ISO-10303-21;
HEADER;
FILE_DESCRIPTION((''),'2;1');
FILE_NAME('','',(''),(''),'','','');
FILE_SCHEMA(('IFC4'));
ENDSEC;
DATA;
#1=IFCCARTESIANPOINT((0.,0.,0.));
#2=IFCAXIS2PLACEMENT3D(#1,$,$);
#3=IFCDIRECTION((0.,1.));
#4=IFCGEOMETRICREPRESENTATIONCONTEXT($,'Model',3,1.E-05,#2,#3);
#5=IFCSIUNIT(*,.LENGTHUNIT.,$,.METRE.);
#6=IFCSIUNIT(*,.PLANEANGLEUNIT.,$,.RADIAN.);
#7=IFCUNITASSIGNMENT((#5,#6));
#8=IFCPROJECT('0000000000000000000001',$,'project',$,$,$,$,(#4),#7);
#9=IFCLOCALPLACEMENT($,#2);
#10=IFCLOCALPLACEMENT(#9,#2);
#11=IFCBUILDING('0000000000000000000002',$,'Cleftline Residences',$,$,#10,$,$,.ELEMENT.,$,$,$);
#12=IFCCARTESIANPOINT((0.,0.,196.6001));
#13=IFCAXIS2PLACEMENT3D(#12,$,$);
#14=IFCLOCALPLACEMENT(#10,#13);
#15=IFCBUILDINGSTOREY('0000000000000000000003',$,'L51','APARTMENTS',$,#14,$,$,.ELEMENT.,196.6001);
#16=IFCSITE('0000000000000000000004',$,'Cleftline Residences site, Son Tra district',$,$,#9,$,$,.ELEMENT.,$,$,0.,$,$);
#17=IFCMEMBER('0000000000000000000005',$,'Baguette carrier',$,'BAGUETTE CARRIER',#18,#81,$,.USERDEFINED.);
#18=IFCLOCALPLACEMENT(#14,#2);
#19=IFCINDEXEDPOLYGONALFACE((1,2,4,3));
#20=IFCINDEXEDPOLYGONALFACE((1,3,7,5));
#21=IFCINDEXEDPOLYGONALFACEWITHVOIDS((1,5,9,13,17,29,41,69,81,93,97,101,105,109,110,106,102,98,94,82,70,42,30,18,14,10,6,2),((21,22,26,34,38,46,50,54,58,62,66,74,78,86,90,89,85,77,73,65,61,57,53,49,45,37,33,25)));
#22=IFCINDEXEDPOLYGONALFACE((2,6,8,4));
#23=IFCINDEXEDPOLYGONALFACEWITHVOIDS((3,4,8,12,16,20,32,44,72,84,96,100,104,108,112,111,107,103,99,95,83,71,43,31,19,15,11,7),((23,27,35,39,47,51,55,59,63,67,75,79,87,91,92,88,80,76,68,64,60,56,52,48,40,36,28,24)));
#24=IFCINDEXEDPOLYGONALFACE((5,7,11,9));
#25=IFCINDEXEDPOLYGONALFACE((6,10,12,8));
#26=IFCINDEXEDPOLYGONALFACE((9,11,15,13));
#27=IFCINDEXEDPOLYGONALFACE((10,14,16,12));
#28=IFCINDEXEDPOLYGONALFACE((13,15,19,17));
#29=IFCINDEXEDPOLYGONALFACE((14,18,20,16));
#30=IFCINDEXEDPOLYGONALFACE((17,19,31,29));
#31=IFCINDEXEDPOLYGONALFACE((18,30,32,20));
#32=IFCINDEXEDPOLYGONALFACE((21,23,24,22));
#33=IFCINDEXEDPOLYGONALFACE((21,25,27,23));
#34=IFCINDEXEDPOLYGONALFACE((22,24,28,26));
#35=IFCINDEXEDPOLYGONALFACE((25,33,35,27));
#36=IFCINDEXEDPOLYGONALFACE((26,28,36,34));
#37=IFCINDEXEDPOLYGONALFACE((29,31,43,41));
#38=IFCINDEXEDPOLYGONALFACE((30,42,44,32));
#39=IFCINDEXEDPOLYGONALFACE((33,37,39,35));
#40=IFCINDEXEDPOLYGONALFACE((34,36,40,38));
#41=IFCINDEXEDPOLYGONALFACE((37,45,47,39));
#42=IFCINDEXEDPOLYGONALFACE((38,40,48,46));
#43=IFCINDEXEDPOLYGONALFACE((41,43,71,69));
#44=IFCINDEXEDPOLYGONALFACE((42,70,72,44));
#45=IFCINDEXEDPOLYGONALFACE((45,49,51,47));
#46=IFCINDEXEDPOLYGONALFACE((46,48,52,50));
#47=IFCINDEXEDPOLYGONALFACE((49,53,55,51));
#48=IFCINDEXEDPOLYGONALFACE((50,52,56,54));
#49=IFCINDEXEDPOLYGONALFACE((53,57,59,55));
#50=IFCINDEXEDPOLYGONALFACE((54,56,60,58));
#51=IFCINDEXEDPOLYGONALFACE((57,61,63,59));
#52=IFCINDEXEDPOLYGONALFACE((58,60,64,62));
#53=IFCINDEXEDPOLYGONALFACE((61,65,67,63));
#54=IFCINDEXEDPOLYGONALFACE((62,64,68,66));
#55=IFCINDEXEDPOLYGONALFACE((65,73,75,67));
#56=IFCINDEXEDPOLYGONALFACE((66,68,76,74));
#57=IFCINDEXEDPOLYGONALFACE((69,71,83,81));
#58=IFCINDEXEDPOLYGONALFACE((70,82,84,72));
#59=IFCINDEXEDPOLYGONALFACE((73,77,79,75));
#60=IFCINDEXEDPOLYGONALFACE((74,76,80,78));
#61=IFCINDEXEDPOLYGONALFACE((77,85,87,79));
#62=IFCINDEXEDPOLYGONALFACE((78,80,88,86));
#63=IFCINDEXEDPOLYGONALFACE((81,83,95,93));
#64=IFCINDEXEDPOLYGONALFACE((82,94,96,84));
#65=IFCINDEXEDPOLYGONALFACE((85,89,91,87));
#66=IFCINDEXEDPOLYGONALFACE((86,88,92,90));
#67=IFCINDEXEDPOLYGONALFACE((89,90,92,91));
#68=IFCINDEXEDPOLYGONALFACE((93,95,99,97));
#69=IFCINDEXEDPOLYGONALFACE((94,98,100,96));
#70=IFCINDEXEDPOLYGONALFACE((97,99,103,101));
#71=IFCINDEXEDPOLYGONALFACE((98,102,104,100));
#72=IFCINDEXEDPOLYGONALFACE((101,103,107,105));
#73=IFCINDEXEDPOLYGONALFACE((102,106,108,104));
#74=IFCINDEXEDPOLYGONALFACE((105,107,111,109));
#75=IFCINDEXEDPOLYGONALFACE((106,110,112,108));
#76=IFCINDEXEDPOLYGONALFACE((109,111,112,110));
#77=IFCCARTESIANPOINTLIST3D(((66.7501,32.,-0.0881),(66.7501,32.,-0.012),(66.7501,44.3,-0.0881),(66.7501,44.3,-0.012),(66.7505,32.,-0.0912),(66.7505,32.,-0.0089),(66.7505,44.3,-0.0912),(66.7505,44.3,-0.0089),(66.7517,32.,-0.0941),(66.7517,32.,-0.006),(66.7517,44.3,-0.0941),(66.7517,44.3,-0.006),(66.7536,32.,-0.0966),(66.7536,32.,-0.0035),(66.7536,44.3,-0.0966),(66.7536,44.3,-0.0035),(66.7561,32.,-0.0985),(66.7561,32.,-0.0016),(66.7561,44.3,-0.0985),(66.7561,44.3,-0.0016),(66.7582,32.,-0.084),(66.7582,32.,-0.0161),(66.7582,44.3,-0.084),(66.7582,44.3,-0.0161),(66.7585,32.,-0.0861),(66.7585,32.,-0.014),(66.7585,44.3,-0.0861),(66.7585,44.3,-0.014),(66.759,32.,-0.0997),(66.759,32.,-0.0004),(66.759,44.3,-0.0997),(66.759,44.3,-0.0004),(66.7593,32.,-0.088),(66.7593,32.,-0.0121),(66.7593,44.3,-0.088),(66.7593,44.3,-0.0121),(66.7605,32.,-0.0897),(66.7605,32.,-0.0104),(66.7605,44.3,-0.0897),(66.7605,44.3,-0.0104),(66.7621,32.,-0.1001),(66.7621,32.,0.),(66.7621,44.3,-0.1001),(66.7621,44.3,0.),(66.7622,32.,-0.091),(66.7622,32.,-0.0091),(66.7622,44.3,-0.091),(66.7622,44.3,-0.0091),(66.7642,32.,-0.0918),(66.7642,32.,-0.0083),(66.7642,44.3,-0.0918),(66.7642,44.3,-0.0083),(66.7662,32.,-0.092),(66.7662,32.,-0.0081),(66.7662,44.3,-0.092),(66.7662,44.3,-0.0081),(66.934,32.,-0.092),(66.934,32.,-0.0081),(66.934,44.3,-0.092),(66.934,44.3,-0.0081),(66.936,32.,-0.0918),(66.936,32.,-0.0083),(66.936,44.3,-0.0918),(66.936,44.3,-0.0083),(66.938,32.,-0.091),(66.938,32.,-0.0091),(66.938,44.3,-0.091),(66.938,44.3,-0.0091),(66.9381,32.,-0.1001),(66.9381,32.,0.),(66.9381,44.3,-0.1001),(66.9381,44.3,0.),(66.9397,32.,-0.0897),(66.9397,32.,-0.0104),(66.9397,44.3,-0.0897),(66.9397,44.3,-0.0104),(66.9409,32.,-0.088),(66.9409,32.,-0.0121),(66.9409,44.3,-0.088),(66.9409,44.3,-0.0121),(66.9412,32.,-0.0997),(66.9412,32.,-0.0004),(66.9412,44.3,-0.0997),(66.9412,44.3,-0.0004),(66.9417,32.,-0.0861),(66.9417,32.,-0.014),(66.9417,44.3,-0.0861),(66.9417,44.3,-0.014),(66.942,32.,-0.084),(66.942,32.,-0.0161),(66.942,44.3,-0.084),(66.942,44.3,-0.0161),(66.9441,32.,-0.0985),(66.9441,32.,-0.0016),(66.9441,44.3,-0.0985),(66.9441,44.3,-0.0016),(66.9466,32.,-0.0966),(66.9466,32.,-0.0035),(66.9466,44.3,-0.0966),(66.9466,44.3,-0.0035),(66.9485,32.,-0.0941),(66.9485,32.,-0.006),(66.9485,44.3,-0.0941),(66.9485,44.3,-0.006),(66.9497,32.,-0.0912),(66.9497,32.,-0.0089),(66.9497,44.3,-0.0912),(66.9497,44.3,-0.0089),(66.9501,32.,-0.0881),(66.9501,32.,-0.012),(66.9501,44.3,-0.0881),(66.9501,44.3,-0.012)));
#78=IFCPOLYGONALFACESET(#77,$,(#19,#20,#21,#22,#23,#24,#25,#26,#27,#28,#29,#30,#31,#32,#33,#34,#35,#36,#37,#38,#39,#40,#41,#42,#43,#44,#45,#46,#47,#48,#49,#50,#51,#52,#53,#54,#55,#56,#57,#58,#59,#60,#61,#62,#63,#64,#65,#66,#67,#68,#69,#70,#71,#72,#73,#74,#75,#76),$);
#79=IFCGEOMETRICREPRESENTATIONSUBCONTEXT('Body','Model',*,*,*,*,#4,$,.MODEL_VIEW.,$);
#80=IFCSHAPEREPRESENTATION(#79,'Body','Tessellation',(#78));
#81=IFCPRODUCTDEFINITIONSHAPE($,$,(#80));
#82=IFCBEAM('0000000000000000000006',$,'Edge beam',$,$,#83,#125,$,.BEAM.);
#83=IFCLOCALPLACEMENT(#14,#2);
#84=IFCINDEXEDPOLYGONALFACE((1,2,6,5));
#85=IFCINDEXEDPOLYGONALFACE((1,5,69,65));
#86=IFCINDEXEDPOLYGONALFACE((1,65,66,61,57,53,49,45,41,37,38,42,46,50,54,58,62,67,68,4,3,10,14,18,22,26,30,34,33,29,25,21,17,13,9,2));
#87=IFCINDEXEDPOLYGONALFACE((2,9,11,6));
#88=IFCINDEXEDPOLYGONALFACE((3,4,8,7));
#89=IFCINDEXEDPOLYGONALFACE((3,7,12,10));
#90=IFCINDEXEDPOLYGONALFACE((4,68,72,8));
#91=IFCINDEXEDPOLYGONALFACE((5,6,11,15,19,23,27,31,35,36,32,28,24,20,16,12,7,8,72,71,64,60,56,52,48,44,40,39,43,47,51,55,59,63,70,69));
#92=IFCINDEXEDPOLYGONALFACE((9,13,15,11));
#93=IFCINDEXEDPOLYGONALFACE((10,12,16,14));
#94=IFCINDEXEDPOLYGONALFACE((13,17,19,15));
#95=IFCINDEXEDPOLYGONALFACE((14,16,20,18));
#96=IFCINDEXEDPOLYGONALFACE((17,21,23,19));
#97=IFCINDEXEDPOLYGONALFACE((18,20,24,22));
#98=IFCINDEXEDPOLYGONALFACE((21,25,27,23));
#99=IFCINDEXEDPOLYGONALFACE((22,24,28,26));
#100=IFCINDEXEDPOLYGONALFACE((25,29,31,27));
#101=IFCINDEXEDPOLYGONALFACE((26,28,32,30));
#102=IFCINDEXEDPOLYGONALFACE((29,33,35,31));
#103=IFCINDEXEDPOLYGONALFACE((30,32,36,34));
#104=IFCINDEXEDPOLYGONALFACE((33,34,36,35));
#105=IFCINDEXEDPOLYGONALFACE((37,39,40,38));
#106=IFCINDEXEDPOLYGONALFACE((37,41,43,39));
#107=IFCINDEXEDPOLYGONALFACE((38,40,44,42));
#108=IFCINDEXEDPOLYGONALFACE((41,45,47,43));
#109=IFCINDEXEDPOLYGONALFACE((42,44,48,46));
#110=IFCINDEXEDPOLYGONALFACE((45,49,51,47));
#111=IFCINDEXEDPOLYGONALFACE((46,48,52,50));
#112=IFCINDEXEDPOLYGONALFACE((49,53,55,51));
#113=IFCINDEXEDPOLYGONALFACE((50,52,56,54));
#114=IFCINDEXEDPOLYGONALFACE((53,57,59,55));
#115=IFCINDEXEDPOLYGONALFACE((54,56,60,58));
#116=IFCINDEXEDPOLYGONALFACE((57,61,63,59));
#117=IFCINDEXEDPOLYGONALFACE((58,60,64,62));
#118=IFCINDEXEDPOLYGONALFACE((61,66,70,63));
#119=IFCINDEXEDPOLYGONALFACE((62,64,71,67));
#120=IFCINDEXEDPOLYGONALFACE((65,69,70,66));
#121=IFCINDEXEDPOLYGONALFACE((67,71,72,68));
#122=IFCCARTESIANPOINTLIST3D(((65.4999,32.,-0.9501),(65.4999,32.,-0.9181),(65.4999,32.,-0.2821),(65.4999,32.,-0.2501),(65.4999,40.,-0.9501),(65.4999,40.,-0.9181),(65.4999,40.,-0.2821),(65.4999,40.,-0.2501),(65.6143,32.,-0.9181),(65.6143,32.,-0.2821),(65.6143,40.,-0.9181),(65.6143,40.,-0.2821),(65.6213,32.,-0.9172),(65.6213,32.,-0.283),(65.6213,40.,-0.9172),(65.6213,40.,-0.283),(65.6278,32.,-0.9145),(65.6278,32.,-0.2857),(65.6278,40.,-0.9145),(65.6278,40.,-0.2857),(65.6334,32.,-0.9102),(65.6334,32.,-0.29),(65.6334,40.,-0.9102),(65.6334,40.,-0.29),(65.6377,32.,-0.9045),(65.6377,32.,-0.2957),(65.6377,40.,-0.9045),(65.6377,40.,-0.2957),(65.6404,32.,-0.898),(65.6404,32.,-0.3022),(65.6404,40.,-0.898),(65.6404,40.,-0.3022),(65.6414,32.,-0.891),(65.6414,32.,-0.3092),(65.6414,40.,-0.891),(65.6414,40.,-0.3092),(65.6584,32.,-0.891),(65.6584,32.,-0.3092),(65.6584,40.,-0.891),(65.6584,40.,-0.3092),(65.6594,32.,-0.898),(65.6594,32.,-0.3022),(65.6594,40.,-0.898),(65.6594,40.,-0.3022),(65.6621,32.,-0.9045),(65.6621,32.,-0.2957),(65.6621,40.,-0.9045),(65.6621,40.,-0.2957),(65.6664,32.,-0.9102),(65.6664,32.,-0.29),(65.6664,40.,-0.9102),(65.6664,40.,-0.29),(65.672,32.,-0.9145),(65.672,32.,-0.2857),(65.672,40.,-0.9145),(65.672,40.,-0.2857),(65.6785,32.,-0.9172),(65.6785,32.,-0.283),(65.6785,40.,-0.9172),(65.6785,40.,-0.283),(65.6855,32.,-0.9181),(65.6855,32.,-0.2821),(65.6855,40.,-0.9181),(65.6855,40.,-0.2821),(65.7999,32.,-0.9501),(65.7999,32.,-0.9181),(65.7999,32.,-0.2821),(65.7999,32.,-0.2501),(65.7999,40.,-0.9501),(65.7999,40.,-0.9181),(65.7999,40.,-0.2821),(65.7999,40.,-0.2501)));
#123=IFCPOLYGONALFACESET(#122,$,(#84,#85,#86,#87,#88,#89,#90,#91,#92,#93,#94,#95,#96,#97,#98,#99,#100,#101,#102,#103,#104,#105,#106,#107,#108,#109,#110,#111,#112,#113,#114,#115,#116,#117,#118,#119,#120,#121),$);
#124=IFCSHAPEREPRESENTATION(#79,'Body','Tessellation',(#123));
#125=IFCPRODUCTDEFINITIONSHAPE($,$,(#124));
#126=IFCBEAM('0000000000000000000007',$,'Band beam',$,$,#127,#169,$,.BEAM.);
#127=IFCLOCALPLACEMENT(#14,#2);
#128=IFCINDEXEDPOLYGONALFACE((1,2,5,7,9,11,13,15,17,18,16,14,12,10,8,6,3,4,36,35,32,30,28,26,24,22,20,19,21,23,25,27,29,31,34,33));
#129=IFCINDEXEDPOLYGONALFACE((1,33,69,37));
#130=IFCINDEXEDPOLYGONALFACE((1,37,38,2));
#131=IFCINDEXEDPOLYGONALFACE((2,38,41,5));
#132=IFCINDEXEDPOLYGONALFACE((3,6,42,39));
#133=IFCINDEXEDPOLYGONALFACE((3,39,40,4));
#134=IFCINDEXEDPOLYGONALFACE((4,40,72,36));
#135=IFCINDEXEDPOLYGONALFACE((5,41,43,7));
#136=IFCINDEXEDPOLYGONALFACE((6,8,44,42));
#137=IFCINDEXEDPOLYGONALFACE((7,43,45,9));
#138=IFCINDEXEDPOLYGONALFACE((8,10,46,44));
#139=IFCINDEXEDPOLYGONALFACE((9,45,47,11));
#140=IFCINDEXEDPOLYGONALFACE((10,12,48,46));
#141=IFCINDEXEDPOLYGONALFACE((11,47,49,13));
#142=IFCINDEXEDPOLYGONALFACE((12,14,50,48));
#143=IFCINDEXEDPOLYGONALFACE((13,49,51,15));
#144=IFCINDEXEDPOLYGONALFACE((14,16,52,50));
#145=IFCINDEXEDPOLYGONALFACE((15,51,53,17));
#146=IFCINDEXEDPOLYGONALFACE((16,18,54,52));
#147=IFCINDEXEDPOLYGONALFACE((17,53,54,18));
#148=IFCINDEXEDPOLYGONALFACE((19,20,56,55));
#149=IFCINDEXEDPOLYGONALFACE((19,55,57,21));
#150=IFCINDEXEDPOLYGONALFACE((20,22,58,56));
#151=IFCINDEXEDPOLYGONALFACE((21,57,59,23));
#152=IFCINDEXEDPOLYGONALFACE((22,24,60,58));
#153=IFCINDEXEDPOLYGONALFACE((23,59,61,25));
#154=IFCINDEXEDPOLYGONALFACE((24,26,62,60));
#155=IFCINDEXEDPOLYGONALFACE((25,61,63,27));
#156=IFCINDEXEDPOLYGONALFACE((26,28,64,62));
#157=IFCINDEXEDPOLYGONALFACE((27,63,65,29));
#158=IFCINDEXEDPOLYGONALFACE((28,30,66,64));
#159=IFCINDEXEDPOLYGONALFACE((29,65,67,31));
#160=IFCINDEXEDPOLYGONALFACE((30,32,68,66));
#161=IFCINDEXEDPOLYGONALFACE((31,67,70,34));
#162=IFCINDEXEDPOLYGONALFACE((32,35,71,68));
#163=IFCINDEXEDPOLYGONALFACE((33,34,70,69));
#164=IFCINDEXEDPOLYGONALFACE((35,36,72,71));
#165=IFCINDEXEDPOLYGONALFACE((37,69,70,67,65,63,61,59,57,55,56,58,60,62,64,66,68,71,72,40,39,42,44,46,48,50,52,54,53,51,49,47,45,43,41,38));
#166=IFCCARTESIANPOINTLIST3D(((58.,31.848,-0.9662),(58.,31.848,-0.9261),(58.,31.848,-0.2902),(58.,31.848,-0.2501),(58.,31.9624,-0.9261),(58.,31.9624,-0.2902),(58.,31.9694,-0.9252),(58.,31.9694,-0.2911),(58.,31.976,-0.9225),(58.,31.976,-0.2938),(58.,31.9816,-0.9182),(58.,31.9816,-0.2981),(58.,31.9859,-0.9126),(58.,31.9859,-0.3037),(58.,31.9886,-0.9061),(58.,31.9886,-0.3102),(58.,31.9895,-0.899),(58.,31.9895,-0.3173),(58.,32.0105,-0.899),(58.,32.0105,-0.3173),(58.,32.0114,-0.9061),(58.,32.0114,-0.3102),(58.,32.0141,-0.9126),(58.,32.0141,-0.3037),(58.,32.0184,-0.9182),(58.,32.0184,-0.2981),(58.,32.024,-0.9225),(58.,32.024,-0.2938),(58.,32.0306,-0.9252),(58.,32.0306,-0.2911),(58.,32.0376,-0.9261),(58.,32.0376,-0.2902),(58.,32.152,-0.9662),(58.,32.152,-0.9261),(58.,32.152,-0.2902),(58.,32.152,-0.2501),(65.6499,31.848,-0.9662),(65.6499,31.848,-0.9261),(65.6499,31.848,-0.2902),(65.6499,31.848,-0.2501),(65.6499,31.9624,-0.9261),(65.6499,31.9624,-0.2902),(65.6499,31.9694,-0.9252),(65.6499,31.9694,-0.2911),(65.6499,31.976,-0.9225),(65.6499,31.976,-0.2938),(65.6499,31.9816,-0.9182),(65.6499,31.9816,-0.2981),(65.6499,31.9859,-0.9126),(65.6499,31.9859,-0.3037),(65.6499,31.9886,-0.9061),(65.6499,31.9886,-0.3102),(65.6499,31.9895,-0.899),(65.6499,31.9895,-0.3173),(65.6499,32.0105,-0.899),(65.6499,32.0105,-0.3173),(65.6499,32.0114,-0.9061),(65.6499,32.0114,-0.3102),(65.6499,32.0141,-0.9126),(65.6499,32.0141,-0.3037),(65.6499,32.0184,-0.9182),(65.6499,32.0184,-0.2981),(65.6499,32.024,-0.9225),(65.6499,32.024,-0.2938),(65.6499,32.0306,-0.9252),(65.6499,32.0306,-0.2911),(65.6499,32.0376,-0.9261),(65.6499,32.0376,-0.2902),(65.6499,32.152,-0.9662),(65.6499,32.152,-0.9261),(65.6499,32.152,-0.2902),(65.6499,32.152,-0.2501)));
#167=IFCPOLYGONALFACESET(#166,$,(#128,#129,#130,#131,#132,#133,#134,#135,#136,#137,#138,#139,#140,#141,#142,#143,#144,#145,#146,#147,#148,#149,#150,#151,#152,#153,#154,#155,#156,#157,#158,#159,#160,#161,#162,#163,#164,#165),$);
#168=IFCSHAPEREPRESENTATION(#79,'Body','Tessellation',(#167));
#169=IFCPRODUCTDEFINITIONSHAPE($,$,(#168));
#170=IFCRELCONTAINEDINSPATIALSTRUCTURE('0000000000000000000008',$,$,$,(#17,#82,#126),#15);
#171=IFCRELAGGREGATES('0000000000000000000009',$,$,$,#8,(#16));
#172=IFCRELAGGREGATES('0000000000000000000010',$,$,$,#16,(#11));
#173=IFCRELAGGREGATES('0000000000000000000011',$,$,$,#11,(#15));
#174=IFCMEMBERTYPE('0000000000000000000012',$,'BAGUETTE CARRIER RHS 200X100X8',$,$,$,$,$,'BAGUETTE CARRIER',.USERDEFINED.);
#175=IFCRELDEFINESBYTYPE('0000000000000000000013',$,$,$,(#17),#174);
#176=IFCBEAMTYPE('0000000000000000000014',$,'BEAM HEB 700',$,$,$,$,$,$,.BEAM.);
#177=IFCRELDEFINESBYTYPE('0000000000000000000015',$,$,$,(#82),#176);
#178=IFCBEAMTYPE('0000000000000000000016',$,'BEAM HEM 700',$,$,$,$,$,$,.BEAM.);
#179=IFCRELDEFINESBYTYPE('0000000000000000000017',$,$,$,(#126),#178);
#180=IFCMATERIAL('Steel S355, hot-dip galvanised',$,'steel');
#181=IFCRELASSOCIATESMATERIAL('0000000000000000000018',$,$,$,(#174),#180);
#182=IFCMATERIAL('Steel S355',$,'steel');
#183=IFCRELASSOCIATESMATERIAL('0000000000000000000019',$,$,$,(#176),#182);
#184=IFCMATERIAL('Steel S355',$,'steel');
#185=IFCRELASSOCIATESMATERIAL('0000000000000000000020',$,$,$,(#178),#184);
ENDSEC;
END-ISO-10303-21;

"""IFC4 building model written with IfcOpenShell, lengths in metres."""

from ifc_helpers import new_model, si_unit, direction, frame, origin, origin_2d, place, context, subcontext, project, spatial, hollow_rectangle, i_section, extrude, material, material_profile, profile_set, type_object, element, save


model = new_model("IFC4")

# Units and contexts
model_context = context("Model", 3, precision=1e-05, world=origin(), true_north=direction((0.0, 1.0)))
body_context = subcontext(model_context, "Body", "Model", "MODEL_VIEW")
ifc_project = project(units=[si_unit("LENGTHUNIT", "METRE"), si_unit("PLANEANGLEUNIT", "RADIAN")], contexts=[model_context])

# Site, building, storey
site_placement = place(None, origin())
site = spatial("IfcSite", under=ifc_project, at=site_placement, Name="Cleftline Residences site, Son Tra district", CompositionType="ELEMENT", RefElevation=0.0)
building_placement = place(site_placement, origin())
building = spatial("IfcBuilding", under=site, at=building_placement, Name="Cleftline Residences", CompositionType="ELEMENT")
storey_placement = place(building_placement, frame((0.0, 0.0, 196.6001)))
storey = spatial("IfcBuildingStorey", under=building, at=storey_placement, Name="L51", Description="APARTMENTS", CompositionType="ELEMENT", Elevation=196.6001)

# Member
ifc_material_1 = material(Name="Steel S355, hot-dip galvanised", Category="steel")
ifc_material_profile_1 = material_profile(ifc_material_1, hollow_rectangle(XDim=0.1001, YDim=0.2, WallThickness=0.0081, InnerFilletRadius=0.0081, OuterFilletRadius=0.012, at=origin_2d()))
ifc_profile_set_1 = profile_set([ifc_material_profile_1], Name="Steel S355, hot-dip galvanised")
member_type_1 = type_object("IfcMemberType", Name="BAGUETTE CARRIER RHS 200X100X8", ElementType="BAGUETTE CARRIER", PredefinedType="USERDEFINED", material=ifc_profile_set_1)
member_1_placement = place(storey_placement, frame((66.8501, 32.0, -0.05), z_axis=(0.0, 1.0, 0.0), x_axis=(0.0, 0.0, 1.0)))
element("IfcMember", 1, at=member_1_placement, inside=storey, type_object=member_type_1, Name="Baguette carrier", ObjectType="BAGUETTE CARRIER", PredefinedType="USERDEFINED", context=body_context, shape_type="SweptSolid", body=[
    extrude(hollow_rectangle(XDim=0.1001, YDim=0.2, WallThickness=0.0081, InnerFilletRadius=0.0081, OuterFilletRadius=0.012, at=origin_2d()), origin(), (0.0, 0.0, 1.0), 12.3),
])

# Beams
ifc_material_2 = material(Name="Steel S355", Category="steel")
ifc_material_profile_2 = material_profile(ifc_material_2, i_section(OverallWidth=0.3, OverallDepth=0.7, WebThickness=0.0171, FlangeThickness=0.032, FilletRadius=0.0271, at=origin_2d()))
ifc_profile_set_2 = profile_set([ifc_material_profile_2], Name="Steel S355")
beam_type_1 = type_object("IfcBeamType", Name="BEAM HEB 700", PredefinedType="BEAM", material=ifc_profile_set_2)
beam_1_placement = place(storey_placement, frame((65.6499, 32.0, -0.6001), z_axis=(0.0, 1.0, 0.0), x_axis=(-1.0, 0.0, 0.0)))
element("IfcBeam", 2, at=beam_1_placement, inside=storey, type_object=beam_type_1, Name="Edge beam", PredefinedType="BEAM", context=body_context, shape_type="SweptSolid", body=[
    extrude(i_section(OverallWidth=0.3, OverallDepth=0.7, WebThickness=0.0171, FlangeThickness=0.032, FilletRadius=0.0271, at=origin_2d()), origin(), (0.0, 0.0, 1.0), 8.0),
])
ifc_material_3 = material(Name="Steel S355", Category="steel")
ifc_material_profile_3 = material_profile(ifc_material_3, i_section(OverallWidth=0.304, OverallDepth=0.7161, WebThickness=0.021, FlangeThickness=0.04, FilletRadius=0.0271, at=origin_2d()))
ifc_profile_set_3 = profile_set([ifc_material_profile_3], Name="Steel S355")
beam_type_2 = type_object("IfcBeamType", Name="BEAM HEM 700", PredefinedType="BEAM", material=ifc_profile_set_3)
beam_2_placement = place(storey_placement, frame((65.6499, 32.0, -0.6082), z_axis=(-1.0, 0.0, 0.0), x_axis=(0.0, -1.0, 0.0)))
element("IfcBeam", 3, at=beam_2_placement, inside=storey, type_object=beam_type_2, Name="Band beam", PredefinedType="BEAM", context=body_context, shape_type="SweptSolid", body=[
    extrude(i_section(OverallWidth=0.304, OverallDepth=0.7161, WebThickness=0.021, FlangeThickness=0.04, FilletRadius=0.0271, at=origin_2d()), origin(), (0.0, 0.0, 1.0), 7.6499),
])

save(model, "model.ifc")
